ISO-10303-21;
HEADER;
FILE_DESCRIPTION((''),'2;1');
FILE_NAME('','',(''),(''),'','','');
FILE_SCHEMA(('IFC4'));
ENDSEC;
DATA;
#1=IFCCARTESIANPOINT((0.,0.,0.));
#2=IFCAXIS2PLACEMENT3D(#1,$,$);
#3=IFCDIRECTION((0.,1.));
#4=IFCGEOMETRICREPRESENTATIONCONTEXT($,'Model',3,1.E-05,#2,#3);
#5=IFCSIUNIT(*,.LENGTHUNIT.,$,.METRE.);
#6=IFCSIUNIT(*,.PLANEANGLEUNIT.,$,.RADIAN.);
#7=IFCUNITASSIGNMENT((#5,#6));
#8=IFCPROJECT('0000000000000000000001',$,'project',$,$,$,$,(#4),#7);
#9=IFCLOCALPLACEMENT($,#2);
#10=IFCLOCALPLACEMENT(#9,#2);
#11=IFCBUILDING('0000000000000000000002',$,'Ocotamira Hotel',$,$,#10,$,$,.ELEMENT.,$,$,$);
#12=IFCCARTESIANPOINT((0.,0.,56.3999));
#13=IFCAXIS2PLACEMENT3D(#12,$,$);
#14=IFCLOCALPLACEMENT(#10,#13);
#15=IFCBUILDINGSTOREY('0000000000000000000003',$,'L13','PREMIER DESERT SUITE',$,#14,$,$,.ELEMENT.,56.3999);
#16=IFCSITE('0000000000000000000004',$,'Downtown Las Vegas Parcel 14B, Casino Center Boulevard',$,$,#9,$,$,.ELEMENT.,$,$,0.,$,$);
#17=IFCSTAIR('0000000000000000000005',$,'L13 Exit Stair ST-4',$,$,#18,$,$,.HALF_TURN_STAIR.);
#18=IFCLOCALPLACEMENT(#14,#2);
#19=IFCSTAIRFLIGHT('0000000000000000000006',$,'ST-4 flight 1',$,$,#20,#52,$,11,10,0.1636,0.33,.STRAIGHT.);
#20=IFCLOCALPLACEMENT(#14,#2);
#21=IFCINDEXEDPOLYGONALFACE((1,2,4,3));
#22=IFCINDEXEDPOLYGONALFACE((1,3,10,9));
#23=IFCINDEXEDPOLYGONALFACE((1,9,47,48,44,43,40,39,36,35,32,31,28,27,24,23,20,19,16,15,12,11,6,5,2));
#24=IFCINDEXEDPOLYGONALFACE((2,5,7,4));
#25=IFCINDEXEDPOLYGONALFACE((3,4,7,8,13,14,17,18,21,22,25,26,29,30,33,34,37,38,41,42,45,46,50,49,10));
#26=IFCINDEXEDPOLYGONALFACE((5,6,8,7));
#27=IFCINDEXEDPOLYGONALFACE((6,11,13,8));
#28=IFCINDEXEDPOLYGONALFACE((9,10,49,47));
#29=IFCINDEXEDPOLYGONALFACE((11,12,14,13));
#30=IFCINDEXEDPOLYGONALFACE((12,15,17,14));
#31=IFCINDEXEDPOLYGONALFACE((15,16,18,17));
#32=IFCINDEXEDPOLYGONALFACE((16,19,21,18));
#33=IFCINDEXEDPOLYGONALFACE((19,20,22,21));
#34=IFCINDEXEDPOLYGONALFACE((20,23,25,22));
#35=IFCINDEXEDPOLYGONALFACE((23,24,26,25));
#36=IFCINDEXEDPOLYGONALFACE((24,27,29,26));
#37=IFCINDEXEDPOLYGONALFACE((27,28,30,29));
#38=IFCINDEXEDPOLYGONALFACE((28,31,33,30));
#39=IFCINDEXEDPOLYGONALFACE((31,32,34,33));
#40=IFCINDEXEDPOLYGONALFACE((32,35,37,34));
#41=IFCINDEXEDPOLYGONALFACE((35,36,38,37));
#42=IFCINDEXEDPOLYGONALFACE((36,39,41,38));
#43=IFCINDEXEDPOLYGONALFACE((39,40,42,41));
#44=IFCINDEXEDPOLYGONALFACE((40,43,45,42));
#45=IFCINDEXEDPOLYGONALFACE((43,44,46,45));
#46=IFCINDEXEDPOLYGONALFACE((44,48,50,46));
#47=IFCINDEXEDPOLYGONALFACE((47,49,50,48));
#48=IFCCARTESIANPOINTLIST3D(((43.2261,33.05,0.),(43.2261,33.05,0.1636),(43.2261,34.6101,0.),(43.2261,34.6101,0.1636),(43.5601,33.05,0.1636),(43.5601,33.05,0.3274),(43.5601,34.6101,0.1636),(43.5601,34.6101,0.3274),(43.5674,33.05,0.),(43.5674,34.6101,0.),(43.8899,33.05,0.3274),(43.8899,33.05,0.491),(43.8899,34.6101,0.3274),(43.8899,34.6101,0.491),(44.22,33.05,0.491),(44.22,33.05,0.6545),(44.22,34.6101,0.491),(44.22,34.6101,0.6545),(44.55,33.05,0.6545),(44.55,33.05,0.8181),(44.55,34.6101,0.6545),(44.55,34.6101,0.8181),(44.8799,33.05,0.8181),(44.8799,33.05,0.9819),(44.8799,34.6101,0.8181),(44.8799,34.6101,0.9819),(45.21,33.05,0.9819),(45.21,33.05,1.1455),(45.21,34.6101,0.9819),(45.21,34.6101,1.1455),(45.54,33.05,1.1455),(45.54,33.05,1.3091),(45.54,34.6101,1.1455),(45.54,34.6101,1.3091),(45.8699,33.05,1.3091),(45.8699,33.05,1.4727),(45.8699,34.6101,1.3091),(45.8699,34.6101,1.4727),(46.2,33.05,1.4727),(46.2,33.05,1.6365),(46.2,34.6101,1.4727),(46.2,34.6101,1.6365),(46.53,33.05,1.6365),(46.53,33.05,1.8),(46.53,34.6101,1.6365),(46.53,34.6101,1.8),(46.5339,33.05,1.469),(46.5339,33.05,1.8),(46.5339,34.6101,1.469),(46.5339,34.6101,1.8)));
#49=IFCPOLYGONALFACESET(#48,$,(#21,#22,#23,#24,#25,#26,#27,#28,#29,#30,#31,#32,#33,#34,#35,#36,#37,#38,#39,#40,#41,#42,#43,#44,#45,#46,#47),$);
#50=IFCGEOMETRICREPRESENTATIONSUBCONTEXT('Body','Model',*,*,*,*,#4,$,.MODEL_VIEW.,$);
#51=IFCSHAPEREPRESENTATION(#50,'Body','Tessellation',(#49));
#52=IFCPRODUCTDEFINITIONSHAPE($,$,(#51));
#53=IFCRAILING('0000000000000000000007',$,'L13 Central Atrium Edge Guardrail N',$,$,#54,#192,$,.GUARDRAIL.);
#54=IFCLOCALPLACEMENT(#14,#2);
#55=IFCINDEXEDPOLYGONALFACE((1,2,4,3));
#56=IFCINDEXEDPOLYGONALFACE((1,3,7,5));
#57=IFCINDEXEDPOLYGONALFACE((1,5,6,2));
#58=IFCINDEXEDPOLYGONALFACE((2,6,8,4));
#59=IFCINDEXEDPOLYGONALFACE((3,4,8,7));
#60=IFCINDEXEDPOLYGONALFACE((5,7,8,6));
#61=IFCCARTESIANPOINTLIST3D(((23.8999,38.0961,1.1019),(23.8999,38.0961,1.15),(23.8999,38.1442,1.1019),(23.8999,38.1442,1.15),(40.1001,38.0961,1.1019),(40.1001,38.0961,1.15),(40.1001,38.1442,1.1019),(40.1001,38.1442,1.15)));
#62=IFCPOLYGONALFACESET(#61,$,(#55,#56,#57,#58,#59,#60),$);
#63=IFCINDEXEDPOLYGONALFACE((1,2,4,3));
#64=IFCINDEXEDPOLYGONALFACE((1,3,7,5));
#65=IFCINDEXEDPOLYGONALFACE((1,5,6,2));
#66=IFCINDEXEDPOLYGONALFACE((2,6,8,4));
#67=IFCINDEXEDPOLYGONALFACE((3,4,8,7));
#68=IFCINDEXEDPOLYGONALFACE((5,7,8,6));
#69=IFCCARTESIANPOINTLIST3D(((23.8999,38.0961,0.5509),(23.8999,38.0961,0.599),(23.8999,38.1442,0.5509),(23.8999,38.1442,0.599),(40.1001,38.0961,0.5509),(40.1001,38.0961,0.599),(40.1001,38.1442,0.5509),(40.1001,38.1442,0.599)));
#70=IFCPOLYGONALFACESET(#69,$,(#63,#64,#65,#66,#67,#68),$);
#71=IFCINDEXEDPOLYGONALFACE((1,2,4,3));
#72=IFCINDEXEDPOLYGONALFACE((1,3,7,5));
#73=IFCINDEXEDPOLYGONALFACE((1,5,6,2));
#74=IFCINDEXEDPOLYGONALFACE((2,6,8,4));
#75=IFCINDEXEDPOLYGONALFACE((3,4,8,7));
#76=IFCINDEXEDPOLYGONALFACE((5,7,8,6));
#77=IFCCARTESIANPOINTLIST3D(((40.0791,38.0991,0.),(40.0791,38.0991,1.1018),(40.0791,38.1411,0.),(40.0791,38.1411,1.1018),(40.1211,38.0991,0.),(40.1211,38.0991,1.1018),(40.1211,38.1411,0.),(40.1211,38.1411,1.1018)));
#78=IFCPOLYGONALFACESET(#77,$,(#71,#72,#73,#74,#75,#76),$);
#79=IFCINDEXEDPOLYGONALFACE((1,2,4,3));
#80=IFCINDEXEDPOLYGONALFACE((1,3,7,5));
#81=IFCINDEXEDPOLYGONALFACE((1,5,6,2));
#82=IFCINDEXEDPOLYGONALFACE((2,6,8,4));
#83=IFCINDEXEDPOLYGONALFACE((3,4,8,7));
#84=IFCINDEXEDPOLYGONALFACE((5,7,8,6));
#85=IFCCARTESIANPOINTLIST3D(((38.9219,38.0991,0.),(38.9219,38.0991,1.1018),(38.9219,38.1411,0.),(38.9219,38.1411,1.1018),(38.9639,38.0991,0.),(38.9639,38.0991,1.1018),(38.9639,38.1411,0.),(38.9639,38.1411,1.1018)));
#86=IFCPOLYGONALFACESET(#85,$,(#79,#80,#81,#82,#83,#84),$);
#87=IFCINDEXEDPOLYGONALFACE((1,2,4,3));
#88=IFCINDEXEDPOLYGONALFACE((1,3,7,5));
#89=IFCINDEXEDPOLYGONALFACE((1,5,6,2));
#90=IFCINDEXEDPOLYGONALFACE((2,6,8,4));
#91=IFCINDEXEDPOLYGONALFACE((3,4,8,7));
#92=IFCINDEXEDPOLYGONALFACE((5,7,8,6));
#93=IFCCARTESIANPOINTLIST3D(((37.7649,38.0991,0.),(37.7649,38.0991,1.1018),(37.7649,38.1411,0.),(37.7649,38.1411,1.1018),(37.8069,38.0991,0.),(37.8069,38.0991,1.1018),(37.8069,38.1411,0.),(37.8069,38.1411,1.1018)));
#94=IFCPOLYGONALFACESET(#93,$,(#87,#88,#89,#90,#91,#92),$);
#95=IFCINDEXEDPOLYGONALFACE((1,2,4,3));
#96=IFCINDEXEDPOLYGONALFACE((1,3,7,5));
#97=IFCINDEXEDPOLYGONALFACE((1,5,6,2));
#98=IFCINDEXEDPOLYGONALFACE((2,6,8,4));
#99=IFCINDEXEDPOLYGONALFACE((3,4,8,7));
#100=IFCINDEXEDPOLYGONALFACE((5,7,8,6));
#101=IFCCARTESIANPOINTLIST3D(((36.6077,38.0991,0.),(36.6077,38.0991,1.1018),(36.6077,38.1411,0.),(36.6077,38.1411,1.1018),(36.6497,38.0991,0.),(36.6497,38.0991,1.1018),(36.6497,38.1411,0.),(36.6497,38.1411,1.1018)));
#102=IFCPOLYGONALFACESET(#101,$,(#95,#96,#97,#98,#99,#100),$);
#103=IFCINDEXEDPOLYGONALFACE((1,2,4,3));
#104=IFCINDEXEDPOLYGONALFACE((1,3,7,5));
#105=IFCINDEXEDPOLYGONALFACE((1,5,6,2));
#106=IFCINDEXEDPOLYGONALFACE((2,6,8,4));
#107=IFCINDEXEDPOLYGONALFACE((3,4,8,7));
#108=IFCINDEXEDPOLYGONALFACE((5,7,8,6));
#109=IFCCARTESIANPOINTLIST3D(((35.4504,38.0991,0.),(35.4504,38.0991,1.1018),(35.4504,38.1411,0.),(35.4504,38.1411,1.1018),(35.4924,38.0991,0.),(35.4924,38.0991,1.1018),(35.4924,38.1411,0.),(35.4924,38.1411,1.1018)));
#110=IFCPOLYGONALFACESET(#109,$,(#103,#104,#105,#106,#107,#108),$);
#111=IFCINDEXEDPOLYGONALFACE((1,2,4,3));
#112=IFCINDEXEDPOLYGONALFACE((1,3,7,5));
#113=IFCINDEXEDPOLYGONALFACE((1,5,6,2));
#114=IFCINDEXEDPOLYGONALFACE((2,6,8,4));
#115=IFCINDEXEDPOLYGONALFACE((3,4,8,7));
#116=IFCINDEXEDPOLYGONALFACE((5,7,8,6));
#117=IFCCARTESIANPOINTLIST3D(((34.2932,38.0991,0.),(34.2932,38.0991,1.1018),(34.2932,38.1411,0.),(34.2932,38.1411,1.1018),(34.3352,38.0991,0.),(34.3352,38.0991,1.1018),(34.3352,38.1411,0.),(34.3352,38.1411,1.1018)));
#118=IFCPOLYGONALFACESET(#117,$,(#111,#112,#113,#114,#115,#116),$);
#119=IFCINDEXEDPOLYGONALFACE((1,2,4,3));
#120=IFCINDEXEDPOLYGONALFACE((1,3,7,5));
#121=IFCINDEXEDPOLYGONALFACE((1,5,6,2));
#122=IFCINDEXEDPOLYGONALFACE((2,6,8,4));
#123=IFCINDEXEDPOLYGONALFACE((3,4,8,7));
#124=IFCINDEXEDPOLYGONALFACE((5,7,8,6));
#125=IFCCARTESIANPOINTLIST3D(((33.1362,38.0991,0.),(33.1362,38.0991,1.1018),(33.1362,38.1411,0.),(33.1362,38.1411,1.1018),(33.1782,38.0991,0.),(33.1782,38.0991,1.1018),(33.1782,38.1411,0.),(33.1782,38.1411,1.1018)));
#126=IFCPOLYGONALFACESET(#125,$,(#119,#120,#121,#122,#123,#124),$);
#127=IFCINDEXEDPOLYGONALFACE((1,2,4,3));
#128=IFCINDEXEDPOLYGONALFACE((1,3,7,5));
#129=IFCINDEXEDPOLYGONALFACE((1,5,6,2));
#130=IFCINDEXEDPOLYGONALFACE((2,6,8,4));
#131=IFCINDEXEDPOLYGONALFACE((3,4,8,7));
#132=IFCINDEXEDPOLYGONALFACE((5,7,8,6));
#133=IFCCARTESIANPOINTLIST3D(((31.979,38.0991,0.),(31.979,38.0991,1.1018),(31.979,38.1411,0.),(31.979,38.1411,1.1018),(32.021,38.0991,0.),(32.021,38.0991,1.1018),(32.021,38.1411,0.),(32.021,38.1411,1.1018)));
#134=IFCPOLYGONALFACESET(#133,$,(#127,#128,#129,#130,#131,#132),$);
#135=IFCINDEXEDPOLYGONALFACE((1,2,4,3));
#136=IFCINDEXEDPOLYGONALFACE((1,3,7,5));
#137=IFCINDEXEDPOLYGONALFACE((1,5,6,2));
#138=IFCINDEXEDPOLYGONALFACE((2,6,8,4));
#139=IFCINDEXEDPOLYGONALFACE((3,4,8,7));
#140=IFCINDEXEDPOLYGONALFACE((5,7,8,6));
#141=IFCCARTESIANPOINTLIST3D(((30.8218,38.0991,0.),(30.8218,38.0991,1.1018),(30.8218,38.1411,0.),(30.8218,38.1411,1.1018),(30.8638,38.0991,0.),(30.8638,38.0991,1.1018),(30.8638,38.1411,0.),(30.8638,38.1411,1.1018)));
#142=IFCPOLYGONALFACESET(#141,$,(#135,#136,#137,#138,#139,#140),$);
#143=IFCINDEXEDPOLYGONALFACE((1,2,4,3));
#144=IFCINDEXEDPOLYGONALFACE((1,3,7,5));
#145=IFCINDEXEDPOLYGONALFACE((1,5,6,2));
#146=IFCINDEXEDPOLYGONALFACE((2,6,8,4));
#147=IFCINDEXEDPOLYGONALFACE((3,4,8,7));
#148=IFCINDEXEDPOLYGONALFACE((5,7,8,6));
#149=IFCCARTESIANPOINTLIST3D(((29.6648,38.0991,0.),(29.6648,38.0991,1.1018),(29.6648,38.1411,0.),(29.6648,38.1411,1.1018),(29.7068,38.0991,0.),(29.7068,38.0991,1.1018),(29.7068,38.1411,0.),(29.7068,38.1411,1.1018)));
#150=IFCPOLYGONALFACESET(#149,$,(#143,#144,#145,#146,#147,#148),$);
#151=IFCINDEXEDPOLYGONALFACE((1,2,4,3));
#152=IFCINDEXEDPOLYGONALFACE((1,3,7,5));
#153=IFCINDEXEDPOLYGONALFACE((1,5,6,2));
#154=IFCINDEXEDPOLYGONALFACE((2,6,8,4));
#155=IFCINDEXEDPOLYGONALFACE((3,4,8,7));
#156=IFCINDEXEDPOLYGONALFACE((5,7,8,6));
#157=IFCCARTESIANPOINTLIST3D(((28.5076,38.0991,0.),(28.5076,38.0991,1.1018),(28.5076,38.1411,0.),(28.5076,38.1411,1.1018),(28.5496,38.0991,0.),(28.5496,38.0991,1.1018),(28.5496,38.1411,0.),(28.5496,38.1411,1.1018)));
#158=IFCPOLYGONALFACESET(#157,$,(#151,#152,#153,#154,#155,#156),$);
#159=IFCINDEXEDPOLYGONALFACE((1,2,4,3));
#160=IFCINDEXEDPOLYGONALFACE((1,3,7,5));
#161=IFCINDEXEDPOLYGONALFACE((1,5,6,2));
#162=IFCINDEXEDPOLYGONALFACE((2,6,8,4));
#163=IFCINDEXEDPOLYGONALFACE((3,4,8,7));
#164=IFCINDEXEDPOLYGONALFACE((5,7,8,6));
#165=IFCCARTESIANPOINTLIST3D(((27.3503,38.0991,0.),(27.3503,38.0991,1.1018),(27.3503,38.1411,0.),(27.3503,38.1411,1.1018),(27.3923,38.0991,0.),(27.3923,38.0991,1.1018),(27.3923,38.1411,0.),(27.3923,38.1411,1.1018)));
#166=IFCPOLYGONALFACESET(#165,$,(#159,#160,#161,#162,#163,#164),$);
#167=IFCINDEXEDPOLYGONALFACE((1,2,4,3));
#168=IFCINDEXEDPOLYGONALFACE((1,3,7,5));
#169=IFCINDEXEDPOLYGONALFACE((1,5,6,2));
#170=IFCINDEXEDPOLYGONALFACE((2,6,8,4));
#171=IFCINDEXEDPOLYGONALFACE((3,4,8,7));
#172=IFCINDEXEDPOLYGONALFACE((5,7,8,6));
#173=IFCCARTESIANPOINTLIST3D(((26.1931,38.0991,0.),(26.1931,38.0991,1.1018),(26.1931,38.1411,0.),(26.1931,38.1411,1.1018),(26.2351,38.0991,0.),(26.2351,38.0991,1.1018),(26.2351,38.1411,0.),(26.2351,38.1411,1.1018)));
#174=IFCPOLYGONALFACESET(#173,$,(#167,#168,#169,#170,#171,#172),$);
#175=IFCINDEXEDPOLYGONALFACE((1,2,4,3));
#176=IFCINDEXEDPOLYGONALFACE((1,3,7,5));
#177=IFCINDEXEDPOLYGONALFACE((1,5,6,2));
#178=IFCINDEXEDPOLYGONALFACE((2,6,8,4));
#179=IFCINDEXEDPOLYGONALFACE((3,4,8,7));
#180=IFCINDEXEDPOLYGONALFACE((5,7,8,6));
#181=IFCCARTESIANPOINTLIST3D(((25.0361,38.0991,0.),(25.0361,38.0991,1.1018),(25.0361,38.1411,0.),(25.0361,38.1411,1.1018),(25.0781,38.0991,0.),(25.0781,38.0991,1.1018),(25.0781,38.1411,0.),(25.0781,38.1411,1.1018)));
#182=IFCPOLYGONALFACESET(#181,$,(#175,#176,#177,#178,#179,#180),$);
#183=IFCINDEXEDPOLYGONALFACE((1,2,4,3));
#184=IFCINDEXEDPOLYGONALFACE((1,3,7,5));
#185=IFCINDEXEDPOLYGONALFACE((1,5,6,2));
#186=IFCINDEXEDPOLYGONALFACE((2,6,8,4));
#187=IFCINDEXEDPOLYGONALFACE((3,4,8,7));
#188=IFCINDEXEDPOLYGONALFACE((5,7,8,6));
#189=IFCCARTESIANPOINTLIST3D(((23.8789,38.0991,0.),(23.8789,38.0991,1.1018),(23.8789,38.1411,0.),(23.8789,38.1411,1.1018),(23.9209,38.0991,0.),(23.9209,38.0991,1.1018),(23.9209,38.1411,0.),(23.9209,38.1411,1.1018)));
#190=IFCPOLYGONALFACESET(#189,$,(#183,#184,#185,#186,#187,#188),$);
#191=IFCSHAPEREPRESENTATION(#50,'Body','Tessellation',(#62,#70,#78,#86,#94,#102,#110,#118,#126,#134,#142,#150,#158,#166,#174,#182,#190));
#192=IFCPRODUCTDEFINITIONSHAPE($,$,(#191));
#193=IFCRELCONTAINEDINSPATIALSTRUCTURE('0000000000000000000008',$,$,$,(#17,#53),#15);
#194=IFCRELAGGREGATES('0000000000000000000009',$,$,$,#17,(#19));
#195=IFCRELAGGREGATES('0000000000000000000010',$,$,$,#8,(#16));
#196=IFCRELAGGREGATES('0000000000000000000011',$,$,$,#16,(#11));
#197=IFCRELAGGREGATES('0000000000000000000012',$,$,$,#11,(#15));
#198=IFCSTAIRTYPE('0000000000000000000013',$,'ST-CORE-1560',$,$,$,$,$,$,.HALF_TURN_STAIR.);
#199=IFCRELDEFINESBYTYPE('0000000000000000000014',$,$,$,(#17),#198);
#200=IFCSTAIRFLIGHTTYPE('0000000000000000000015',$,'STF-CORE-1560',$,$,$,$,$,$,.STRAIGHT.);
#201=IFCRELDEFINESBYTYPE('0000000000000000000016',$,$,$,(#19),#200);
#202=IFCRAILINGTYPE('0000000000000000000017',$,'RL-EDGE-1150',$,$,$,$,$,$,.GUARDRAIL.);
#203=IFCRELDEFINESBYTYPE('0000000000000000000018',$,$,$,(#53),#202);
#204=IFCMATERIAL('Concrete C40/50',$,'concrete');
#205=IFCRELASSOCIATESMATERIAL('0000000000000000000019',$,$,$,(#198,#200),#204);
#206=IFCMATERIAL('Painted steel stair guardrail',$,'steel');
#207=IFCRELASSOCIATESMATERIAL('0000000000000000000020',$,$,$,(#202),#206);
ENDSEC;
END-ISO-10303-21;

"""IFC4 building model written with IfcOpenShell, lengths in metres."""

from ifc_helpers import new_model, si_unit, direction, frame, origin, origin_2d, place, context, subcontext, project, spatial, polyline, rectangle, outline, extrude, source, transform, mapped, material, type_object, element, aggregate, save


model = new_model("IFC4")

# Units and contexts
model_context = context("Model", 3, precision=1e-05, world=origin(), true_north=direction((0.0, 1.0)))
body_context = subcontext(model_context, "Body", "Model", "MODEL_VIEW")
ifc_project = project(units=[si_unit("LENGTHUNIT", "METRE"), si_unit("PLANEANGLEUNIT", "RADIAN")], contexts=[model_context])

# Site, building, storey
site_placement = place(None, origin())
site = spatial("IfcSite", under=ifc_project, at=site_placement, Name="Downtown Las Vegas Parcel 14B, Casino Center Boulevard", CompositionType="ELEMENT", RefElevation=0.0)
building_placement = place(site_placement, origin())
building = spatial("IfcBuilding", under=site, at=building_placement, Name="Ocotamira Hotel", CompositionType="ELEMENT")
storey_placement = place(building_placement, frame((0.0, 0.0, 56.3999)))
storey = spatial("IfcBuildingStorey", under=building, at=storey_placement, Name="L13", Description="PREMIER DESERT SUITE", CompositionType="ELEMENT", Elevation=56.3999)

# Stair, stair flight
ifc_material_1 = material(Name="Concrete C40/50", Category="concrete")
stair_type = type_object("IfcStairType", Name="ST-CORE-1560", PredefinedType="HALF_TURN_STAIR", material=ifc_material_1)
stair_placement = place(storey_placement, origin())
stair = element("IfcStair", 1, at=stair_placement, inside=storey, type_object=stair_type, Name="L13 Exit Stair ST-4", PredefinedType="HALF_TURN_STAIR")
stair_flight_type = type_object("IfcStairFlightType", Name="STF-CORE-1560", PredefinedType="STRAIGHT", material=ifc_material_1)
shared_shape_1 = source(origin(), body_context, "Body", "SweptSolid", [
    extrude(outline(polyline([(-0.0039, 0.0), (-0.0039, 0.1636), (0.3301, 0.1636), (0.3301, 0.3274), (0.6599, 0.3274), (0.6599, 0.491), (0.99, 0.491), (0.99, 0.6545), (1.3201, 0.6545), (1.3201, 0.8181), (1.6499, 0.8181), (1.6499, 0.9819), (1.98, 0.9819), (1.98, 1.1455), (2.3101, 1.1455), (2.3101, 1.3091), (2.6399, 1.3091), (2.6399, 1.4727), (2.97, 1.4727), (2.97, 1.6365), (3.3, 1.6365), (3.3, 1.8), (3.304, 1.8), (3.304, 1.469), (0.3374, 0.0), (-0.0039, 0.0)])), frame((0.0, 0.78, 0.0), z_axis=(0.0, -1.0, 0.0), x_axis=(1.0, 0.0, 0.0)), (0.0, 0.0, 1.0), 1.5601),
])
stair_flight_placement = place(storey_placement, frame((43.23, 33.8301, 0.0), z_axis=(0.0, 0.0, 1.0), x_axis=(1.0, 0.0, 0.0)))
stair_flight = element("IfcStairFlight", 2, at=stair_flight_placement, type_object=stair_flight_type, Name="ST-4 flight 1", NumberOfRisers=11, NumberOfTreads=10, PredefinedType="STRAIGHT", RiserHeight=0.1636, TreadLength=0.33, context=body_context, shape_type="MappedRepresentation", body=[
    mapped(shared_shape_1, transform((0.0, 0.0, 0.0), scale=1.0)),
])
aggregate(stair, [stair_flight])

# Railing
ifc_material_2 = material(Name="Painted steel stair guardrail", Category="steel")
railing_type_1 = type_object("IfcRailingType", Name="RL-EDGE-1150", PredefinedType="GUARDRAIL", material=ifc_material_2)
railing_1_placement = place(storey_placement, frame((40.1001, 38.1201, 0.0)))
element("IfcRailing", 3, at=railing_1_placement, inside=storey, type_object=railing_type_1, Name="L13 Central Atrium Edge Guardrail N", PredefinedType="GUARDRAIL", context=body_context, shape_type="SweptSolid", body=[
    extrude(rectangle(XDim=0.0481, YDim=0.0481, at=origin_2d()), frame((0.0, 0.0, 1.126), z_axis=(-1.0, 0.0, 0.0), x_axis=(0.0, -1.0, 0.0)), (0.0, 0.0, 1.0), 16.2002),
    extrude(rectangle(XDim=0.0481, YDim=0.0481, at=origin_2d()), frame((0.0, 0.0, 0.575), z_axis=(-1.0, 0.0, 0.0), x_axis=(0.0, -1.0, 0.0)), (0.0, 0.0, 1.0), 16.2002),
    extrude(rectangle(XDim=0.042, YDim=0.042, at=origin_2d()), origin(), (0.0, 0.0, 1.0), 1.1018),
    extrude(rectangle(XDim=0.042, YDim=0.042, at=origin_2d()), frame((-1.1572, 0.0, 0.0)), (0.0, 0.0, 1.0), 1.1018),
    extrude(rectangle(XDim=0.042, YDim=0.042, at=origin_2d()), frame((-2.3142, 0.0, 0.0)), (0.0, 0.0, 1.0), 1.1018),
    extrude(rectangle(XDim=0.042, YDim=0.042, at=origin_2d()), frame((-3.4714, 0.0, 0.0)), (0.0, 0.0, 1.0), 1.1018),
    extrude(rectangle(XDim=0.042, YDim=0.042, at=origin_2d()), frame((-4.6287, 0.0, 0.0)), (0.0, 0.0, 1.0), 1.1018),
    extrude(rectangle(XDim=0.042, YDim=0.042, at=origin_2d()), frame((-5.7859, 0.0, 0.0)), (0.0, 0.0, 1.0), 1.1018),
    extrude(rectangle(XDim=0.042, YDim=0.042, at=origin_2d()), frame((-6.9429, 0.0, 0.0)), (0.0, 0.0, 1.0), 1.1018),
    extrude(rectangle(XDim=0.042, YDim=0.042, at=origin_2d()), frame((-8.1001, 0.0, 0.0)), (0.0, 0.0, 1.0), 1.1018),
    extrude(rectangle(XDim=0.042, YDim=0.042, at=origin_2d()), frame((-9.2573, 0.0, 0.0)), (0.0, 0.0, 1.0), 1.1018),
    extrude(rectangle(XDim=0.042, YDim=0.042, at=origin_2d()), frame((-10.4143, 0.0, 0.0)), (0.0, 0.0, 1.0), 1.1018),
    extrude(rectangle(XDim=0.042, YDim=0.042, at=origin_2d()), frame((-11.5715, 0.0, 0.0)), (0.0, 0.0, 1.0), 1.1018),
    extrude(rectangle(XDim=0.042, YDim=0.042, at=origin_2d()), frame((-12.7288, 0.0, 0.0)), (0.0, 0.0, 1.0), 1.1018),
    extrude(rectangle(XDim=0.042, YDim=0.042, at=origin_2d()), frame((-13.886, 0.0, 0.0)), (0.0, 0.0, 1.0), 1.1018),
    extrude(rectangle(XDim=0.042, YDim=0.042, at=origin_2d()), frame((-15.043, 0.0, 0.0)), (0.0, 0.0, 1.0), 1.1018),
    extrude(rectangle(XDim=0.042, YDim=0.042, at=origin_2d()), frame((-16.2002, 0.0, 0.0)), (0.0, 0.0, 1.0), 1.1018),
])

save(model, "model.ifc")
